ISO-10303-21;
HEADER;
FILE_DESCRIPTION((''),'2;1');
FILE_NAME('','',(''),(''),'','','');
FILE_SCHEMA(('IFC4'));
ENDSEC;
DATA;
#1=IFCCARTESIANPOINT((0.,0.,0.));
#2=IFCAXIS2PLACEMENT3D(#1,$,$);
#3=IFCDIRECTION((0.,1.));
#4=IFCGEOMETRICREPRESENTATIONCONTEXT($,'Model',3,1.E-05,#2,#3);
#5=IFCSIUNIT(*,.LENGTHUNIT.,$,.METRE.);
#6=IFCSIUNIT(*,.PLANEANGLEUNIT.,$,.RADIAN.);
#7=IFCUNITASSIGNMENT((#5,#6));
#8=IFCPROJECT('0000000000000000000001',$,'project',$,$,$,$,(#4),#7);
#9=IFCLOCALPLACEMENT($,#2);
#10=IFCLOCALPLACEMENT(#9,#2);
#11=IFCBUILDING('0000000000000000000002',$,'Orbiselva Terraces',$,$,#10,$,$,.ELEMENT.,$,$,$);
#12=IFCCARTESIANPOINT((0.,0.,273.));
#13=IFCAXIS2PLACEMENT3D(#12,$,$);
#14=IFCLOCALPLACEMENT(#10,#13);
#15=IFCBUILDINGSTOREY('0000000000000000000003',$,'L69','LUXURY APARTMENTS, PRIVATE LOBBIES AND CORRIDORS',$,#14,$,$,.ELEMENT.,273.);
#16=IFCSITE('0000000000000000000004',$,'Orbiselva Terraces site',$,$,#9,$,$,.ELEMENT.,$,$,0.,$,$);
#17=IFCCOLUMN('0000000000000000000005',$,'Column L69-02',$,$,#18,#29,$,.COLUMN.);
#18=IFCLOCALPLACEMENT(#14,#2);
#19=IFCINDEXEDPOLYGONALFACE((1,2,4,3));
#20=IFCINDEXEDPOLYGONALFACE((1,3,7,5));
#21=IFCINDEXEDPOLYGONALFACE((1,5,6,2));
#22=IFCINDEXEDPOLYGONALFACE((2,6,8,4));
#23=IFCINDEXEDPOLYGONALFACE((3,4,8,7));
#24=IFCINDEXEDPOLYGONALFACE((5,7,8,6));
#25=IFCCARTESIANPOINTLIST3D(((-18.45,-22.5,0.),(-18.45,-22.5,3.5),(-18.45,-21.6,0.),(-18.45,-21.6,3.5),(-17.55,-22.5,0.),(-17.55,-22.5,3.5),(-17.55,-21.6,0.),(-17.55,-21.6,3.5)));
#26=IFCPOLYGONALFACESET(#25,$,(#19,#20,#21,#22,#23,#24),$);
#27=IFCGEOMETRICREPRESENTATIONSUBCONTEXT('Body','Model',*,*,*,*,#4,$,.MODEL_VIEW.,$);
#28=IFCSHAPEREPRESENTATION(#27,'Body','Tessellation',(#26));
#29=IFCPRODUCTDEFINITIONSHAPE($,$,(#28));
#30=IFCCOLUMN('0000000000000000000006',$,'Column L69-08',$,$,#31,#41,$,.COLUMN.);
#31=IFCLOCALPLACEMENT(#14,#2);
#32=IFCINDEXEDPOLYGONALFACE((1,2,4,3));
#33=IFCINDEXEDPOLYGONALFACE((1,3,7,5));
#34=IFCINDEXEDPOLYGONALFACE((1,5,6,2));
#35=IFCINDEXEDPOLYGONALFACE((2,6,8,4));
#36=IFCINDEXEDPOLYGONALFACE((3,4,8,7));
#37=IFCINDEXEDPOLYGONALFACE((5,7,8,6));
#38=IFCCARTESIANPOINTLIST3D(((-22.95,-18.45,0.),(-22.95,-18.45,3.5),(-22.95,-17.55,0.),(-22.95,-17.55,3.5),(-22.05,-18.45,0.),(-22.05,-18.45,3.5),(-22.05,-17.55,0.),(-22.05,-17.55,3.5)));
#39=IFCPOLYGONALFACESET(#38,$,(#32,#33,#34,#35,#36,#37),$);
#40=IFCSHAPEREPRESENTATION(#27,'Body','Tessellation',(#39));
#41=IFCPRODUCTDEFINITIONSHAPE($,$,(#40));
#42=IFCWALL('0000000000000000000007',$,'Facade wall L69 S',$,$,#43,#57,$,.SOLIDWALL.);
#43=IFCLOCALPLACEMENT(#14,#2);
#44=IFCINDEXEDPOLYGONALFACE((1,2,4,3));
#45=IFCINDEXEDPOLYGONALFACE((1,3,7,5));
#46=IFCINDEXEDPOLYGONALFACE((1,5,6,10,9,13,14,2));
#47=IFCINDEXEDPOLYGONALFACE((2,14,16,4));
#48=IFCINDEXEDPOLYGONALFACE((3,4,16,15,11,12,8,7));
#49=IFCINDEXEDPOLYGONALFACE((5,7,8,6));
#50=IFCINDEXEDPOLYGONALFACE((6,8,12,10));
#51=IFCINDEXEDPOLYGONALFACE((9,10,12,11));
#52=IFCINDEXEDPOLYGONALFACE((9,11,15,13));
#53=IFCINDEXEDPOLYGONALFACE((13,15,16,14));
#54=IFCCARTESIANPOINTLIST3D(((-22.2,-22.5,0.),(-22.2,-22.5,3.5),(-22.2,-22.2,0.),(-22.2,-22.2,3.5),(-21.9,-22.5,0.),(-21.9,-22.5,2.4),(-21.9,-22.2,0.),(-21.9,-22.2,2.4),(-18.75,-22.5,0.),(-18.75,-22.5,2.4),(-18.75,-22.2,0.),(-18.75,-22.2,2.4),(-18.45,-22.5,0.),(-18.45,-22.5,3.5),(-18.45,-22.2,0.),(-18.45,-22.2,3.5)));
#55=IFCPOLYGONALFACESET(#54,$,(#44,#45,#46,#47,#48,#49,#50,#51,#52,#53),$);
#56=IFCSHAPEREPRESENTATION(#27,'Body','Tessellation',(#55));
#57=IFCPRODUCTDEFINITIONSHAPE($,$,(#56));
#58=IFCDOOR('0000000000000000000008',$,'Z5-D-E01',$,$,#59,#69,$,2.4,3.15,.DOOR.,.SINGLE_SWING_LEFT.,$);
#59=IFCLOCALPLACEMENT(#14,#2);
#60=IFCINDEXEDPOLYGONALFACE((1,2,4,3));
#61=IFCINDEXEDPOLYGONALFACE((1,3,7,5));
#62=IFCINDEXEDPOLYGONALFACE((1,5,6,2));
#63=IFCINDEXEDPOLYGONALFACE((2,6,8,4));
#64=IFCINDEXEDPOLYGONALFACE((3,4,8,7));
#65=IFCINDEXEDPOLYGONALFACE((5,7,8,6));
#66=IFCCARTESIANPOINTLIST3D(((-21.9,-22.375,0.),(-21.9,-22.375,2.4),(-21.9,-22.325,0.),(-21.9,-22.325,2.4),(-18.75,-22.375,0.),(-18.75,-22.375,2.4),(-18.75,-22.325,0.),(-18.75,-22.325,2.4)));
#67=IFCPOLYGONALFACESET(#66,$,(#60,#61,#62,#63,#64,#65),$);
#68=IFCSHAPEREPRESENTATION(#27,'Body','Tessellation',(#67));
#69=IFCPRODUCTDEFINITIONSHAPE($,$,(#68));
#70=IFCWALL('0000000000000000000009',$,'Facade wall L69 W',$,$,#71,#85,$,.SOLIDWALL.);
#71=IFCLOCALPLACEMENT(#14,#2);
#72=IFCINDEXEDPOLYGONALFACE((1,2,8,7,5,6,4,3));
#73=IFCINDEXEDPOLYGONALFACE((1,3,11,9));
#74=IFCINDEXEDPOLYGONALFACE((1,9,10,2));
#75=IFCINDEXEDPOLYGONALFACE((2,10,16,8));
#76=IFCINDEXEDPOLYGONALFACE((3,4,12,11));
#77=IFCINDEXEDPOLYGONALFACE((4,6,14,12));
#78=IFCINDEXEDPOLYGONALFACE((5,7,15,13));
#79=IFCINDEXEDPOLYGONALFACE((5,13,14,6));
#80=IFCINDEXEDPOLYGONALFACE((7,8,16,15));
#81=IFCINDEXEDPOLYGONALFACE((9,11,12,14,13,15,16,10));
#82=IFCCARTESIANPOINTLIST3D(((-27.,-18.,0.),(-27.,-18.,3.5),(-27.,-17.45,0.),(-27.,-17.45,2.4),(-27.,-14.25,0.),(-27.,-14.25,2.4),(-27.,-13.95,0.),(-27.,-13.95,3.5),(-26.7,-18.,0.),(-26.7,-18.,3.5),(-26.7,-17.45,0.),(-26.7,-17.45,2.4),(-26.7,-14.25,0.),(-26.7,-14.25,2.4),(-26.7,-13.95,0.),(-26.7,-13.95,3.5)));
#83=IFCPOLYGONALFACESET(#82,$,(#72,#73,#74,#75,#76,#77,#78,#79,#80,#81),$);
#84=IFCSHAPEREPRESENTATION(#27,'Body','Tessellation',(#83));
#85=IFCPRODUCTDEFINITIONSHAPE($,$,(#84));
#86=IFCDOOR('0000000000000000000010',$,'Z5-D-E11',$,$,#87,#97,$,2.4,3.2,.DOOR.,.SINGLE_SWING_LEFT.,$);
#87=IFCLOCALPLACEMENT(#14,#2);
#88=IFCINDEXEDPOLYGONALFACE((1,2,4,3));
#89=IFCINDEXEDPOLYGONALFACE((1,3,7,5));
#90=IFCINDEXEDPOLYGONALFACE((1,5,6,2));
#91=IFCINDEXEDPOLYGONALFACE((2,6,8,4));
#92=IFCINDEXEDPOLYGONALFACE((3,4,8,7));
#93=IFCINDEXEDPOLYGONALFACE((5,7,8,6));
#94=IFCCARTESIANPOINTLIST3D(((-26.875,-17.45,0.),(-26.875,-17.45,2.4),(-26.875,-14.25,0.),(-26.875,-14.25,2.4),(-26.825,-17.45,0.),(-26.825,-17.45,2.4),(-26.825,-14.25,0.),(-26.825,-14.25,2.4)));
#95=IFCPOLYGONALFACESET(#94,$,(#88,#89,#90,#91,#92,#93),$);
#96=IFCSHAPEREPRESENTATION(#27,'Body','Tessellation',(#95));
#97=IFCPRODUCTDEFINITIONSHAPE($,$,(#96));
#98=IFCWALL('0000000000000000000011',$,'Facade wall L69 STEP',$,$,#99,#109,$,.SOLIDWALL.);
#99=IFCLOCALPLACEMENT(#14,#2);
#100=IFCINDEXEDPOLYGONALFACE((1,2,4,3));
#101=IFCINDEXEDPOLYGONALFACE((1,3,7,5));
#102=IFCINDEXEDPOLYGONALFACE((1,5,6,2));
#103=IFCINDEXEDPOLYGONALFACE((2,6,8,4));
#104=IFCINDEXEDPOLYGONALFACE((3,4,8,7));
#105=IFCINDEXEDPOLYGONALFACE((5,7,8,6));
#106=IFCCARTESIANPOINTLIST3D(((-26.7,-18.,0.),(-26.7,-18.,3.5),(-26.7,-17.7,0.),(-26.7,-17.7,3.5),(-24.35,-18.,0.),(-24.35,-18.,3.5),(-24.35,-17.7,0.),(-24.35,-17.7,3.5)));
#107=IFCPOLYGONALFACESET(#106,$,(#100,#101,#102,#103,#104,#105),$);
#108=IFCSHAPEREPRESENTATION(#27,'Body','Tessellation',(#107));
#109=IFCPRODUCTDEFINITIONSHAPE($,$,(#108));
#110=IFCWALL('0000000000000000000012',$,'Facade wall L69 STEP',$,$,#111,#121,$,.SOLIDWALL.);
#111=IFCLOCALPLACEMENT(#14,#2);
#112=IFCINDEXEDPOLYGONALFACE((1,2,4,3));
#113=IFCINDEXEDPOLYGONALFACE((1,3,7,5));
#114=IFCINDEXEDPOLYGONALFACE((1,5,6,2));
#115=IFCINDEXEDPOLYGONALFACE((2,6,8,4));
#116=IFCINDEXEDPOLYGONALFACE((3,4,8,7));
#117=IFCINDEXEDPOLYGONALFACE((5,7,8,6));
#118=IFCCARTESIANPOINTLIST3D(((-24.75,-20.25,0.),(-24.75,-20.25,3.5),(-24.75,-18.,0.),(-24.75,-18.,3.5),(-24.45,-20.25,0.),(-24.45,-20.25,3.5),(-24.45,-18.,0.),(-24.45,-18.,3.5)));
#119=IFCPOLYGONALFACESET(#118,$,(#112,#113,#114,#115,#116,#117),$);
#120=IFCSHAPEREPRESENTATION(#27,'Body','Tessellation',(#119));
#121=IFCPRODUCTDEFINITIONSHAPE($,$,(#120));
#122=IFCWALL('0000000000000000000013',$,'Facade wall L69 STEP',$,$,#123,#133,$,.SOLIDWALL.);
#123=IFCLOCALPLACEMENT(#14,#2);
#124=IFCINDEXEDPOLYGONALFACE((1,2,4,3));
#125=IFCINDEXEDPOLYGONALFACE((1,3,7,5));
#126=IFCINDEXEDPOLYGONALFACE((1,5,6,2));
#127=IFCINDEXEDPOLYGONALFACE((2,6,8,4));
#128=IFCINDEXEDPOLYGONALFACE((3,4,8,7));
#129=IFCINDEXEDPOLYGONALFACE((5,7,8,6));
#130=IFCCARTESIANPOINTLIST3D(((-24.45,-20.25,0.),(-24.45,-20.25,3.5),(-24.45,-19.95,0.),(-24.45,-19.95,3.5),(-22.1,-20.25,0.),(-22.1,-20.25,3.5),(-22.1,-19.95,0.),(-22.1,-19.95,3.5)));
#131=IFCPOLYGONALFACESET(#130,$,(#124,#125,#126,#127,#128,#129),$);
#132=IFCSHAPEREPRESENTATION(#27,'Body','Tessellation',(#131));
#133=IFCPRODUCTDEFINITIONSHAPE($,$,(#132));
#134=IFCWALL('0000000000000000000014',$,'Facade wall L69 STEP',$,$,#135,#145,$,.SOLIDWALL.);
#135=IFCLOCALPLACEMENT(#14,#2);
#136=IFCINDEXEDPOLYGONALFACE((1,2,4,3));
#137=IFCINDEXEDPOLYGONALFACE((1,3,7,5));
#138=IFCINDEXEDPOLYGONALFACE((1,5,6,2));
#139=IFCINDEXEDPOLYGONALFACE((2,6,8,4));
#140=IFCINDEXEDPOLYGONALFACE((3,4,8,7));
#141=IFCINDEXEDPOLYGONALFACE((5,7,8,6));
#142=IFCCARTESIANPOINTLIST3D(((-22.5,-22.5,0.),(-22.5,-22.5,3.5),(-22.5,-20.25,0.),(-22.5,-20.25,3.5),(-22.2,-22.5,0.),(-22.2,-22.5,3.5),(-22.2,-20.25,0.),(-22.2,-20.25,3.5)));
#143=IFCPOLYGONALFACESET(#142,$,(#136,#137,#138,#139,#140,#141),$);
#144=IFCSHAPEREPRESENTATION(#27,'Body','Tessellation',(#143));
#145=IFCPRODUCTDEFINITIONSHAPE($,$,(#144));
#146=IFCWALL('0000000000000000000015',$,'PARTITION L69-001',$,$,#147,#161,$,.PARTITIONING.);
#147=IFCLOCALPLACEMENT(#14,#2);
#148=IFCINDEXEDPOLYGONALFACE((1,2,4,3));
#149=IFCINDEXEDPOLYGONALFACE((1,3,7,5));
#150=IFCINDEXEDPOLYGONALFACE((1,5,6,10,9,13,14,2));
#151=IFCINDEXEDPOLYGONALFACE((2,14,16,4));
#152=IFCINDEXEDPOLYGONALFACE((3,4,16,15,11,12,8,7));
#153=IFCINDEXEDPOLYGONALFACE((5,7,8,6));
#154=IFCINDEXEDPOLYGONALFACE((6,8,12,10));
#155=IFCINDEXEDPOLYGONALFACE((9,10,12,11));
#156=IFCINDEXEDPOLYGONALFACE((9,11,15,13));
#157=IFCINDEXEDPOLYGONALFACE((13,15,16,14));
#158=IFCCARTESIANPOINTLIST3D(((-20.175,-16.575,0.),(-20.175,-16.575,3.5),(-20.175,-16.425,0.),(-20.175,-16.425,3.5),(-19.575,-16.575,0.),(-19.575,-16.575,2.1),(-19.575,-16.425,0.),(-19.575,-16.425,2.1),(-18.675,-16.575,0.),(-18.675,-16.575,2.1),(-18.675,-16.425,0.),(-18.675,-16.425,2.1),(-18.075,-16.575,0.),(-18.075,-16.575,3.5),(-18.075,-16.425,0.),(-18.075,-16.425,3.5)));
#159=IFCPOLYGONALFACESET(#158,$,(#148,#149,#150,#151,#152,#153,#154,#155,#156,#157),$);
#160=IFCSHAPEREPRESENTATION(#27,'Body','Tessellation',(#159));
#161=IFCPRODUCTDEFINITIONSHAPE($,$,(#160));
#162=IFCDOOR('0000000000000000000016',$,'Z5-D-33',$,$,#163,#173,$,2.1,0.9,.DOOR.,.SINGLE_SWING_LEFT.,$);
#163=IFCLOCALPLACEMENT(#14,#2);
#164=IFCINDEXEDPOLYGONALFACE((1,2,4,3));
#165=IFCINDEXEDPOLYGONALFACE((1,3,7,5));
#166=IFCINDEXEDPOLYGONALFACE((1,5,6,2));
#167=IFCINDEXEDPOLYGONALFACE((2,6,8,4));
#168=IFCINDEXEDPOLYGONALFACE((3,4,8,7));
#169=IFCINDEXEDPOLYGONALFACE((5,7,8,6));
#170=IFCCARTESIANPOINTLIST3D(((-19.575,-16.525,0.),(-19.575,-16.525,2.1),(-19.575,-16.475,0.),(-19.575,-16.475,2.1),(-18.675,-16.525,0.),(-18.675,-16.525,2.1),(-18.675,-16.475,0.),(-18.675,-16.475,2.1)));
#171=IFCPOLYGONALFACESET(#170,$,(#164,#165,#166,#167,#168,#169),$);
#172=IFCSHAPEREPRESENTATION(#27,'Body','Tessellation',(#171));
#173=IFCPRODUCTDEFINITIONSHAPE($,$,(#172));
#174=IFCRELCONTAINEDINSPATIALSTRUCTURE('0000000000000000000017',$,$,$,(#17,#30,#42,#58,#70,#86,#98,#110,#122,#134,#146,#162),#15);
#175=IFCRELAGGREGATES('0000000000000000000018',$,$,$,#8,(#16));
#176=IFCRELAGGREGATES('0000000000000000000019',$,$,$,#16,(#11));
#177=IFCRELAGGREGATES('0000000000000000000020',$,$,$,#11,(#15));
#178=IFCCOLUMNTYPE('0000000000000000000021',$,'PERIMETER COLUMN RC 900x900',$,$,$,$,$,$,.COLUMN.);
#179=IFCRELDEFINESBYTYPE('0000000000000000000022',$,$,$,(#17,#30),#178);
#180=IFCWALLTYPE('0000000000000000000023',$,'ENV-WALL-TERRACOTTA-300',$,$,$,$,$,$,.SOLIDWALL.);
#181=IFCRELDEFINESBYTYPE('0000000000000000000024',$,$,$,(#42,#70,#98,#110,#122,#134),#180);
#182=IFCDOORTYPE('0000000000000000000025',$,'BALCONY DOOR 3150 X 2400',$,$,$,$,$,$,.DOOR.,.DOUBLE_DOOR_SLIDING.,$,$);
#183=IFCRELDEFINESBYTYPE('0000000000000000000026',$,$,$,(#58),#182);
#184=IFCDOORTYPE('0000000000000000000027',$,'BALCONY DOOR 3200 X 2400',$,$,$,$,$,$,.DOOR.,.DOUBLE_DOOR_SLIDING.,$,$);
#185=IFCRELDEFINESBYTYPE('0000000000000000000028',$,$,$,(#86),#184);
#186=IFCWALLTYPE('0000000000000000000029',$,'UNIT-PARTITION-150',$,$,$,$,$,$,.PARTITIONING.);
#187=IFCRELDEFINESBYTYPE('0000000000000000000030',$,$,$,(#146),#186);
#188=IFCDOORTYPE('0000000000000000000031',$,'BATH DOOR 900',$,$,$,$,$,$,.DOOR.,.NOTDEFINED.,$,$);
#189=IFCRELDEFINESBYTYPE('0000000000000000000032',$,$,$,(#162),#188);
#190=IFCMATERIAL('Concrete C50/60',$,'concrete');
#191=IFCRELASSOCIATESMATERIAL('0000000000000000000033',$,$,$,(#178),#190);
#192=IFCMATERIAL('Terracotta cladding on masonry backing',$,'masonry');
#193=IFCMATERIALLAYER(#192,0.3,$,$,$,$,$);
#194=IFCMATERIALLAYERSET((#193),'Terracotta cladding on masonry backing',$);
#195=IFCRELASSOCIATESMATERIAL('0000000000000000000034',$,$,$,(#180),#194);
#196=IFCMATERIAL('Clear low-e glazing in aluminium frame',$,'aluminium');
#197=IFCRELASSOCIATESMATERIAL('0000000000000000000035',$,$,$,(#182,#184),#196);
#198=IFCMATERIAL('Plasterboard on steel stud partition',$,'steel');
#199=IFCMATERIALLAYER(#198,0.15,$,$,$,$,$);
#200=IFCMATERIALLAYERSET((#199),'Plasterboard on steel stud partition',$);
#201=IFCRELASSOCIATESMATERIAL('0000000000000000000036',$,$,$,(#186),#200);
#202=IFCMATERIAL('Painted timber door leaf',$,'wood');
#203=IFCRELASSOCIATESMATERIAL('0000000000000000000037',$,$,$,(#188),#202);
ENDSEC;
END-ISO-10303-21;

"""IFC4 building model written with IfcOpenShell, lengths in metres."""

from ifc_helpers import new_model, si_unit, direction, frame, frame_2d, origin, origin_2d, place, context, subcontext, project, spatial, rectangle, extrude, material, layer, layer_set, material_profile, profile_set, type_object, element, fill, save


model = new_model("IFC4")

# Units and contexts
model_context = context("Model", 3, precision=1e-05, world=origin(), true_north=direction((0.0, 1.0)))
body_context = subcontext(model_context, "Body", "Model", "MODEL_VIEW")
ifc_project = project(units=[si_unit("LENGTHUNIT", "METRE"), si_unit("PLANEANGLEUNIT", "RADIAN")], contexts=[model_context])

# Site, building, storey
site_placement = place(None, origin())
site = spatial("IfcSite", under=ifc_project, at=site_placement, Name="Orbiselva Terraces site", CompositionType="ELEMENT", RefElevation=0.0)
building_placement = place(site_placement, origin())
building = spatial("IfcBuilding", under=site, at=building_placement, Name="Orbiselva Terraces", CompositionType="ELEMENT")
storey_placement = place(building_placement, frame((0.0, 0.0, 273.0)))
storey = spatial("IfcBuildingStorey", under=building, at=storey_placement, Name="L69", Description="LUXURY APARTMENTS, PRIVATE LOBBIES AND CORRIDORS", CompositionType="ELEMENT", Elevation=273.0)

# Columns
ifc_material_1 = material(Name="Concrete C50/60", Category="concrete")
ifc_material_profile = material_profile(ifc_material_1, rectangle(XDim=0.9, YDim=0.9, at=origin_2d()), Name="RC 900x900")
ifc_profile_set = profile_set([ifc_material_profile], Name="Concrete C50/60")
column_type = type_object("IfcColumnType", Name="PERIMETER COLUMN RC 900x900", PredefinedType="COLUMN", material=ifc_profile_set)
for number, where, z_axis, x_axis, name in (
    (1, (-18.0, -22.05, 0.0), (0.0, 0.0, 1.0), (1.0, 0.0, 0.0), "Column L69-02"),
    (2, (-22.5, -18.0, 0.0), (0.0, 0.0, 1.0), (1.0, 0.0, 0.0), "Column L69-08"),
):
    element("IfcColumn", number, at=place(storey_placement, frame(where, z_axis=z_axis, x_axis=x_axis)), inside=storey, type_object=column_type, Name=name, PredefinedType="COLUMN", context=body_context, shape_type="SweptSolid", body=[
        extrude(rectangle(XDim=0.9, YDim=0.9, at=origin_2d()), origin(), (0.0, 0.0, 1.0), 3.5),
    ])

# Walls, openings, doors
ifc_material_2 = material(Name="Terracotta cladding on masonry backing", Category="masonry")
ifc_layer_1 = layer(ifc_material_2, 0.3)
ifc_layer_set_1 = layer_set([ifc_layer_1], Name="Terracotta cladding on masonry backing")
wall_type_1 = type_object("IfcWallType", Name="ENV-WALL-TERRACOTTA-300", PredefinedType="SOLIDWALL", material=ifc_layer_set_1)
wall_1_placement = place(storey_placement, frame((-18.45, -22.35, 0.0), z_axis=(0.0, 0.0, 1.0), x_axis=(-1.0, 0.0, 0.0)))
wall_1 = element("IfcWall", 3, at=wall_1_placement, inside=storey, type_object=wall_type_1, Name="Facade wall L69 S", PredefinedType="SOLIDWALL", context=body_context, shape_type="SweptSolid", body=[
    extrude(rectangle(XDim=3.75, YDim=0.3, at=frame_2d((1.875, 0.0))), origin(), (0.0, 0.0, 1.0), 3.5),
])
opening_1_placement = place(wall_1_placement, frame((0.3, 0.0, 0.0)))
opening_1 = element("IfcOpeningElement", 4, at=opening_1_placement, cuts=wall_1, PredefinedType="OPENING", context=body_context, shape_type="SweptSolid", body=[
    extrude(rectangle(XDim=3.15, YDim=2.4, at=frame_2d((1.575, 1.2))), frame((0.0, 0.16, 0.0), z_axis=(0.0, -1.0, 0.0), x_axis=(1.0, 0.0, 0.0)), (0.0, 0.0, 1.0), 0.32),
])
ifc_material_3 = material(Name="Clear low-e glazing in aluminium frame", Category="aluminium")
door_type_1 = type_object("IfcDoorType", Name="BALCONY DOOR 3150 X 2400", OperationType="DOUBLE_DOOR_SLIDING", PredefinedType="DOOR", material=ifc_material_3)
door_1_placement = place(opening_1_placement, origin())
door_1 = element("IfcDoor", 5, at=door_1_placement, inside=storey, type_object=door_type_1, Name="Z5-D-E01", OperationType="SINGLE_SWING_LEFT", OverallHeight=2.4, OverallWidth=3.15, PredefinedType="DOOR", context=body_context, shape_type="SweptSolid", body=[
    extrude(rectangle(XDim=3.15, YDim=2.4, at=frame_2d((1.575, 1.2))), frame((0.0, 0.025, 0.0), z_axis=(0.0, -1.0, 0.0), x_axis=(1.0, 0.0, 0.0)), (0.0, 0.0, 1.0), 0.05),
])
fill(opening_1, door_1)
wall_2_placement = place(storey_placement, frame((-26.85, -18.0, 0.0), z_axis=(0.0, 0.0, 1.0), x_axis=(0.0, 1.0, 0.0)))
wall_2 = element("IfcWall", 6, at=wall_2_placement, inside=storey, type_object=wall_type_1, Name="Facade wall L69 W", PredefinedType="SOLIDWALL", context=body_context, shape_type="SweptSolid", body=[
    extrude(rectangle(XDim=4.05, YDim=0.3, at=frame_2d((2.025, 0.0))), origin(), (0.0, 0.0, 1.0), 3.5),
])
opening_2_placement = place(wall_2_placement, frame((0.55, 0.0, 0.0)))
opening_2 = element("IfcOpeningElement", 7, at=opening_2_placement, cuts=wall_2, PredefinedType="OPENING", context=body_context, shape_type="SweptSolid", body=[
    extrude(rectangle(XDim=3.2, YDim=2.4, at=frame_2d((1.6, 1.2))), frame((0.0, 0.16, 0.0), z_axis=(0.0, -1.0, 0.0), x_axis=(1.0, 0.0, 0.0)), (0.0, 0.0, 1.0), 0.32),
])
door_type_2 = type_object("IfcDoorType", Name="BALCONY DOOR 3200 X 2400", OperationType="DOUBLE_DOOR_SLIDING", PredefinedType="DOOR", material=ifc_material_3)
door_2_placement = place(opening_2_placement, origin())
door_2 = element("IfcDoor", 8, at=door_2_placement, inside=storey, type_object=door_type_2, Name="Z5-D-E11", OperationType="SINGLE_SWING_LEFT", OverallHeight=2.4, OverallWidth=3.2, PredefinedType="DOOR", context=body_context, shape_type="SweptSolid", body=[
    extrude(rectangle(XDim=3.2, YDim=2.4, at=frame_2d((1.6, 1.2))), frame((0.0, 0.025, 0.0), z_axis=(0.0, -1.0, 0.0), x_axis=(1.0, 0.0, 0.0)), (0.0, 0.0, 1.0), 0.05),
])
fill(opening_2, door_2)

# Walls
wall_3_placement = place(storey_placement, frame((-24.35, -17.85, 0.0), z_axis=(0.0, 0.0, 1.0), x_axis=(-1.0, 0.0, 0.0)))
element("IfcWall", 9, at=wall_3_placement, inside=storey, type_object=wall_type_1, Name="Facade wall L69 STEP", PredefinedType="SOLIDWALL", context=body_context, shape_type="SweptSolid", body=[
    extrude(rectangle(XDim=2.35, YDim=0.3, at=frame_2d((1.175, 0.0))), origin(), (0.0, 0.0, 1.0), 3.5),
])
wall_4_placement = place(storey_placement, frame((-24.6, -20.25, 0.0), z_axis=(0.0, 0.0, 1.0), x_axis=(0.0, 1.0, 0.0)))
element("IfcWall", 10, at=wall_4_placement, inside=storey, type_object=wall_type_1, Name="Facade wall L69 STEP", PredefinedType="SOLIDWALL", context=body_context, shape_type="SweptSolid", body=[
    extrude(rectangle(XDim=2.25, YDim=0.3, at=frame_2d((1.125, 0.0))), origin(), (0.0, 0.0, 1.0), 3.5),
])
wall_5_placement = place(storey_placement, frame((-22.1, -20.1, 0.0), z_axis=(0.0, 0.0, 1.0), x_axis=(-1.0, 0.0, 0.0)))
element("IfcWall", 11, at=wall_5_placement, inside=storey, type_object=wall_type_1, Name="Facade wall L69 STEP", PredefinedType="SOLIDWALL", context=body_context, shape_type="SweptSolid", body=[
    extrude(rectangle(XDim=2.35, YDim=0.3, at=frame_2d((1.175, 0.0))), origin(), (0.0, 0.0, 1.0), 3.5),
])
wall_6_placement = place(storey_placement, frame((-22.35, -22.5, 0.0), z_axis=(0.0, 0.0, 1.0), x_axis=(0.0, 1.0, 0.0)))
element("IfcWall", 12, at=wall_6_placement, inside=storey, type_object=wall_type_1, Name="Facade wall L69 STEP", PredefinedType="SOLIDWALL", context=body_context, shape_type="SweptSolid", body=[
    extrude(rectangle(XDim=2.25, YDim=0.3, at=frame_2d((1.125, 0.0))), origin(), (0.0, 0.0, 1.0), 3.5),
])

# Wall, opening, door
ifc_material_4 = material(Name="Plasterboard on steel stud partition", Category="steel")
ifc_layer_2 = layer(ifc_material_4, 0.15)
ifc_layer_set_2 = layer_set([ifc_layer_2], Name="Plasterboard on steel stud partition")
wall_type_2 = type_object("IfcWallType", Name="UNIT-PARTITION-150", PredefinedType="PARTITIONING", material=ifc_layer_set_2)
wall_7_placement = place(storey_placement, frame((-20.175, -16.5, 0.0), z_axis=(0.0, 0.0, 1.0), x_axis=(1.0, 0.0, 0.0)))
wall_7 = element("IfcWall", 13, at=wall_7_placement, inside=storey, type_object=wall_type_2, Name="PARTITION L69-001", PredefinedType="PARTITIONING", context=body_context, shape_type="SweptSolid", body=[
    extrude(rectangle(XDim=2.1, YDim=0.15, at=frame_2d((1.05, 0.0))), origin(), (0.0, 0.0, 1.0), 3.5),
])
opening_3_placement = place(wall_7_placement, frame((0.6, 0.0, 0.0)))
opening_3 = element("IfcOpeningElement", 14, at=opening_3_placement, cuts=wall_7, PredefinedType="OPENING", context=body_context, shape_type="SweptSolid", body=[
    extrude(rectangle(XDim=0.9, YDim=2.1, at=frame_2d((0.45, 1.05))), frame((0.0, 0.085, 0.0), z_axis=(0.0, -1.0, 0.0), x_axis=(1.0, 0.0, 0.0)), (0.0, 0.0, 1.0), 0.17),
])
ifc_material_5 = material(Name="Painted timber door leaf", Category="wood")
door_type_3 = type_object("IfcDoorType", Name="BATH DOOR 900", OperationType="NOTDEFINED", PredefinedType="DOOR", material=ifc_material_5)
door_3_placement = place(opening_3_placement, origin())
door_3 = element("IfcDoor", 15, at=door_3_placement, inside=storey, type_object=door_type_3, Name="Z5-D-33", OperationType="SINGLE_SWING_LEFT", OverallHeight=2.1, OverallWidth=0.9, PredefinedType="DOOR", context=body_context, shape_type="SweptSolid", body=[
    extrude(rectangle(XDim=0.9, YDim=2.1, at=frame_2d((0.45, 1.05))), frame((0.0, 0.025, 0.0), z_axis=(0.0, -1.0, 0.0), x_axis=(1.0, 0.0, 0.0)), (0.0, 0.0, 1.0), 0.05),
])
fill(opening_3, door_3)

save(model, "model.ifc")
